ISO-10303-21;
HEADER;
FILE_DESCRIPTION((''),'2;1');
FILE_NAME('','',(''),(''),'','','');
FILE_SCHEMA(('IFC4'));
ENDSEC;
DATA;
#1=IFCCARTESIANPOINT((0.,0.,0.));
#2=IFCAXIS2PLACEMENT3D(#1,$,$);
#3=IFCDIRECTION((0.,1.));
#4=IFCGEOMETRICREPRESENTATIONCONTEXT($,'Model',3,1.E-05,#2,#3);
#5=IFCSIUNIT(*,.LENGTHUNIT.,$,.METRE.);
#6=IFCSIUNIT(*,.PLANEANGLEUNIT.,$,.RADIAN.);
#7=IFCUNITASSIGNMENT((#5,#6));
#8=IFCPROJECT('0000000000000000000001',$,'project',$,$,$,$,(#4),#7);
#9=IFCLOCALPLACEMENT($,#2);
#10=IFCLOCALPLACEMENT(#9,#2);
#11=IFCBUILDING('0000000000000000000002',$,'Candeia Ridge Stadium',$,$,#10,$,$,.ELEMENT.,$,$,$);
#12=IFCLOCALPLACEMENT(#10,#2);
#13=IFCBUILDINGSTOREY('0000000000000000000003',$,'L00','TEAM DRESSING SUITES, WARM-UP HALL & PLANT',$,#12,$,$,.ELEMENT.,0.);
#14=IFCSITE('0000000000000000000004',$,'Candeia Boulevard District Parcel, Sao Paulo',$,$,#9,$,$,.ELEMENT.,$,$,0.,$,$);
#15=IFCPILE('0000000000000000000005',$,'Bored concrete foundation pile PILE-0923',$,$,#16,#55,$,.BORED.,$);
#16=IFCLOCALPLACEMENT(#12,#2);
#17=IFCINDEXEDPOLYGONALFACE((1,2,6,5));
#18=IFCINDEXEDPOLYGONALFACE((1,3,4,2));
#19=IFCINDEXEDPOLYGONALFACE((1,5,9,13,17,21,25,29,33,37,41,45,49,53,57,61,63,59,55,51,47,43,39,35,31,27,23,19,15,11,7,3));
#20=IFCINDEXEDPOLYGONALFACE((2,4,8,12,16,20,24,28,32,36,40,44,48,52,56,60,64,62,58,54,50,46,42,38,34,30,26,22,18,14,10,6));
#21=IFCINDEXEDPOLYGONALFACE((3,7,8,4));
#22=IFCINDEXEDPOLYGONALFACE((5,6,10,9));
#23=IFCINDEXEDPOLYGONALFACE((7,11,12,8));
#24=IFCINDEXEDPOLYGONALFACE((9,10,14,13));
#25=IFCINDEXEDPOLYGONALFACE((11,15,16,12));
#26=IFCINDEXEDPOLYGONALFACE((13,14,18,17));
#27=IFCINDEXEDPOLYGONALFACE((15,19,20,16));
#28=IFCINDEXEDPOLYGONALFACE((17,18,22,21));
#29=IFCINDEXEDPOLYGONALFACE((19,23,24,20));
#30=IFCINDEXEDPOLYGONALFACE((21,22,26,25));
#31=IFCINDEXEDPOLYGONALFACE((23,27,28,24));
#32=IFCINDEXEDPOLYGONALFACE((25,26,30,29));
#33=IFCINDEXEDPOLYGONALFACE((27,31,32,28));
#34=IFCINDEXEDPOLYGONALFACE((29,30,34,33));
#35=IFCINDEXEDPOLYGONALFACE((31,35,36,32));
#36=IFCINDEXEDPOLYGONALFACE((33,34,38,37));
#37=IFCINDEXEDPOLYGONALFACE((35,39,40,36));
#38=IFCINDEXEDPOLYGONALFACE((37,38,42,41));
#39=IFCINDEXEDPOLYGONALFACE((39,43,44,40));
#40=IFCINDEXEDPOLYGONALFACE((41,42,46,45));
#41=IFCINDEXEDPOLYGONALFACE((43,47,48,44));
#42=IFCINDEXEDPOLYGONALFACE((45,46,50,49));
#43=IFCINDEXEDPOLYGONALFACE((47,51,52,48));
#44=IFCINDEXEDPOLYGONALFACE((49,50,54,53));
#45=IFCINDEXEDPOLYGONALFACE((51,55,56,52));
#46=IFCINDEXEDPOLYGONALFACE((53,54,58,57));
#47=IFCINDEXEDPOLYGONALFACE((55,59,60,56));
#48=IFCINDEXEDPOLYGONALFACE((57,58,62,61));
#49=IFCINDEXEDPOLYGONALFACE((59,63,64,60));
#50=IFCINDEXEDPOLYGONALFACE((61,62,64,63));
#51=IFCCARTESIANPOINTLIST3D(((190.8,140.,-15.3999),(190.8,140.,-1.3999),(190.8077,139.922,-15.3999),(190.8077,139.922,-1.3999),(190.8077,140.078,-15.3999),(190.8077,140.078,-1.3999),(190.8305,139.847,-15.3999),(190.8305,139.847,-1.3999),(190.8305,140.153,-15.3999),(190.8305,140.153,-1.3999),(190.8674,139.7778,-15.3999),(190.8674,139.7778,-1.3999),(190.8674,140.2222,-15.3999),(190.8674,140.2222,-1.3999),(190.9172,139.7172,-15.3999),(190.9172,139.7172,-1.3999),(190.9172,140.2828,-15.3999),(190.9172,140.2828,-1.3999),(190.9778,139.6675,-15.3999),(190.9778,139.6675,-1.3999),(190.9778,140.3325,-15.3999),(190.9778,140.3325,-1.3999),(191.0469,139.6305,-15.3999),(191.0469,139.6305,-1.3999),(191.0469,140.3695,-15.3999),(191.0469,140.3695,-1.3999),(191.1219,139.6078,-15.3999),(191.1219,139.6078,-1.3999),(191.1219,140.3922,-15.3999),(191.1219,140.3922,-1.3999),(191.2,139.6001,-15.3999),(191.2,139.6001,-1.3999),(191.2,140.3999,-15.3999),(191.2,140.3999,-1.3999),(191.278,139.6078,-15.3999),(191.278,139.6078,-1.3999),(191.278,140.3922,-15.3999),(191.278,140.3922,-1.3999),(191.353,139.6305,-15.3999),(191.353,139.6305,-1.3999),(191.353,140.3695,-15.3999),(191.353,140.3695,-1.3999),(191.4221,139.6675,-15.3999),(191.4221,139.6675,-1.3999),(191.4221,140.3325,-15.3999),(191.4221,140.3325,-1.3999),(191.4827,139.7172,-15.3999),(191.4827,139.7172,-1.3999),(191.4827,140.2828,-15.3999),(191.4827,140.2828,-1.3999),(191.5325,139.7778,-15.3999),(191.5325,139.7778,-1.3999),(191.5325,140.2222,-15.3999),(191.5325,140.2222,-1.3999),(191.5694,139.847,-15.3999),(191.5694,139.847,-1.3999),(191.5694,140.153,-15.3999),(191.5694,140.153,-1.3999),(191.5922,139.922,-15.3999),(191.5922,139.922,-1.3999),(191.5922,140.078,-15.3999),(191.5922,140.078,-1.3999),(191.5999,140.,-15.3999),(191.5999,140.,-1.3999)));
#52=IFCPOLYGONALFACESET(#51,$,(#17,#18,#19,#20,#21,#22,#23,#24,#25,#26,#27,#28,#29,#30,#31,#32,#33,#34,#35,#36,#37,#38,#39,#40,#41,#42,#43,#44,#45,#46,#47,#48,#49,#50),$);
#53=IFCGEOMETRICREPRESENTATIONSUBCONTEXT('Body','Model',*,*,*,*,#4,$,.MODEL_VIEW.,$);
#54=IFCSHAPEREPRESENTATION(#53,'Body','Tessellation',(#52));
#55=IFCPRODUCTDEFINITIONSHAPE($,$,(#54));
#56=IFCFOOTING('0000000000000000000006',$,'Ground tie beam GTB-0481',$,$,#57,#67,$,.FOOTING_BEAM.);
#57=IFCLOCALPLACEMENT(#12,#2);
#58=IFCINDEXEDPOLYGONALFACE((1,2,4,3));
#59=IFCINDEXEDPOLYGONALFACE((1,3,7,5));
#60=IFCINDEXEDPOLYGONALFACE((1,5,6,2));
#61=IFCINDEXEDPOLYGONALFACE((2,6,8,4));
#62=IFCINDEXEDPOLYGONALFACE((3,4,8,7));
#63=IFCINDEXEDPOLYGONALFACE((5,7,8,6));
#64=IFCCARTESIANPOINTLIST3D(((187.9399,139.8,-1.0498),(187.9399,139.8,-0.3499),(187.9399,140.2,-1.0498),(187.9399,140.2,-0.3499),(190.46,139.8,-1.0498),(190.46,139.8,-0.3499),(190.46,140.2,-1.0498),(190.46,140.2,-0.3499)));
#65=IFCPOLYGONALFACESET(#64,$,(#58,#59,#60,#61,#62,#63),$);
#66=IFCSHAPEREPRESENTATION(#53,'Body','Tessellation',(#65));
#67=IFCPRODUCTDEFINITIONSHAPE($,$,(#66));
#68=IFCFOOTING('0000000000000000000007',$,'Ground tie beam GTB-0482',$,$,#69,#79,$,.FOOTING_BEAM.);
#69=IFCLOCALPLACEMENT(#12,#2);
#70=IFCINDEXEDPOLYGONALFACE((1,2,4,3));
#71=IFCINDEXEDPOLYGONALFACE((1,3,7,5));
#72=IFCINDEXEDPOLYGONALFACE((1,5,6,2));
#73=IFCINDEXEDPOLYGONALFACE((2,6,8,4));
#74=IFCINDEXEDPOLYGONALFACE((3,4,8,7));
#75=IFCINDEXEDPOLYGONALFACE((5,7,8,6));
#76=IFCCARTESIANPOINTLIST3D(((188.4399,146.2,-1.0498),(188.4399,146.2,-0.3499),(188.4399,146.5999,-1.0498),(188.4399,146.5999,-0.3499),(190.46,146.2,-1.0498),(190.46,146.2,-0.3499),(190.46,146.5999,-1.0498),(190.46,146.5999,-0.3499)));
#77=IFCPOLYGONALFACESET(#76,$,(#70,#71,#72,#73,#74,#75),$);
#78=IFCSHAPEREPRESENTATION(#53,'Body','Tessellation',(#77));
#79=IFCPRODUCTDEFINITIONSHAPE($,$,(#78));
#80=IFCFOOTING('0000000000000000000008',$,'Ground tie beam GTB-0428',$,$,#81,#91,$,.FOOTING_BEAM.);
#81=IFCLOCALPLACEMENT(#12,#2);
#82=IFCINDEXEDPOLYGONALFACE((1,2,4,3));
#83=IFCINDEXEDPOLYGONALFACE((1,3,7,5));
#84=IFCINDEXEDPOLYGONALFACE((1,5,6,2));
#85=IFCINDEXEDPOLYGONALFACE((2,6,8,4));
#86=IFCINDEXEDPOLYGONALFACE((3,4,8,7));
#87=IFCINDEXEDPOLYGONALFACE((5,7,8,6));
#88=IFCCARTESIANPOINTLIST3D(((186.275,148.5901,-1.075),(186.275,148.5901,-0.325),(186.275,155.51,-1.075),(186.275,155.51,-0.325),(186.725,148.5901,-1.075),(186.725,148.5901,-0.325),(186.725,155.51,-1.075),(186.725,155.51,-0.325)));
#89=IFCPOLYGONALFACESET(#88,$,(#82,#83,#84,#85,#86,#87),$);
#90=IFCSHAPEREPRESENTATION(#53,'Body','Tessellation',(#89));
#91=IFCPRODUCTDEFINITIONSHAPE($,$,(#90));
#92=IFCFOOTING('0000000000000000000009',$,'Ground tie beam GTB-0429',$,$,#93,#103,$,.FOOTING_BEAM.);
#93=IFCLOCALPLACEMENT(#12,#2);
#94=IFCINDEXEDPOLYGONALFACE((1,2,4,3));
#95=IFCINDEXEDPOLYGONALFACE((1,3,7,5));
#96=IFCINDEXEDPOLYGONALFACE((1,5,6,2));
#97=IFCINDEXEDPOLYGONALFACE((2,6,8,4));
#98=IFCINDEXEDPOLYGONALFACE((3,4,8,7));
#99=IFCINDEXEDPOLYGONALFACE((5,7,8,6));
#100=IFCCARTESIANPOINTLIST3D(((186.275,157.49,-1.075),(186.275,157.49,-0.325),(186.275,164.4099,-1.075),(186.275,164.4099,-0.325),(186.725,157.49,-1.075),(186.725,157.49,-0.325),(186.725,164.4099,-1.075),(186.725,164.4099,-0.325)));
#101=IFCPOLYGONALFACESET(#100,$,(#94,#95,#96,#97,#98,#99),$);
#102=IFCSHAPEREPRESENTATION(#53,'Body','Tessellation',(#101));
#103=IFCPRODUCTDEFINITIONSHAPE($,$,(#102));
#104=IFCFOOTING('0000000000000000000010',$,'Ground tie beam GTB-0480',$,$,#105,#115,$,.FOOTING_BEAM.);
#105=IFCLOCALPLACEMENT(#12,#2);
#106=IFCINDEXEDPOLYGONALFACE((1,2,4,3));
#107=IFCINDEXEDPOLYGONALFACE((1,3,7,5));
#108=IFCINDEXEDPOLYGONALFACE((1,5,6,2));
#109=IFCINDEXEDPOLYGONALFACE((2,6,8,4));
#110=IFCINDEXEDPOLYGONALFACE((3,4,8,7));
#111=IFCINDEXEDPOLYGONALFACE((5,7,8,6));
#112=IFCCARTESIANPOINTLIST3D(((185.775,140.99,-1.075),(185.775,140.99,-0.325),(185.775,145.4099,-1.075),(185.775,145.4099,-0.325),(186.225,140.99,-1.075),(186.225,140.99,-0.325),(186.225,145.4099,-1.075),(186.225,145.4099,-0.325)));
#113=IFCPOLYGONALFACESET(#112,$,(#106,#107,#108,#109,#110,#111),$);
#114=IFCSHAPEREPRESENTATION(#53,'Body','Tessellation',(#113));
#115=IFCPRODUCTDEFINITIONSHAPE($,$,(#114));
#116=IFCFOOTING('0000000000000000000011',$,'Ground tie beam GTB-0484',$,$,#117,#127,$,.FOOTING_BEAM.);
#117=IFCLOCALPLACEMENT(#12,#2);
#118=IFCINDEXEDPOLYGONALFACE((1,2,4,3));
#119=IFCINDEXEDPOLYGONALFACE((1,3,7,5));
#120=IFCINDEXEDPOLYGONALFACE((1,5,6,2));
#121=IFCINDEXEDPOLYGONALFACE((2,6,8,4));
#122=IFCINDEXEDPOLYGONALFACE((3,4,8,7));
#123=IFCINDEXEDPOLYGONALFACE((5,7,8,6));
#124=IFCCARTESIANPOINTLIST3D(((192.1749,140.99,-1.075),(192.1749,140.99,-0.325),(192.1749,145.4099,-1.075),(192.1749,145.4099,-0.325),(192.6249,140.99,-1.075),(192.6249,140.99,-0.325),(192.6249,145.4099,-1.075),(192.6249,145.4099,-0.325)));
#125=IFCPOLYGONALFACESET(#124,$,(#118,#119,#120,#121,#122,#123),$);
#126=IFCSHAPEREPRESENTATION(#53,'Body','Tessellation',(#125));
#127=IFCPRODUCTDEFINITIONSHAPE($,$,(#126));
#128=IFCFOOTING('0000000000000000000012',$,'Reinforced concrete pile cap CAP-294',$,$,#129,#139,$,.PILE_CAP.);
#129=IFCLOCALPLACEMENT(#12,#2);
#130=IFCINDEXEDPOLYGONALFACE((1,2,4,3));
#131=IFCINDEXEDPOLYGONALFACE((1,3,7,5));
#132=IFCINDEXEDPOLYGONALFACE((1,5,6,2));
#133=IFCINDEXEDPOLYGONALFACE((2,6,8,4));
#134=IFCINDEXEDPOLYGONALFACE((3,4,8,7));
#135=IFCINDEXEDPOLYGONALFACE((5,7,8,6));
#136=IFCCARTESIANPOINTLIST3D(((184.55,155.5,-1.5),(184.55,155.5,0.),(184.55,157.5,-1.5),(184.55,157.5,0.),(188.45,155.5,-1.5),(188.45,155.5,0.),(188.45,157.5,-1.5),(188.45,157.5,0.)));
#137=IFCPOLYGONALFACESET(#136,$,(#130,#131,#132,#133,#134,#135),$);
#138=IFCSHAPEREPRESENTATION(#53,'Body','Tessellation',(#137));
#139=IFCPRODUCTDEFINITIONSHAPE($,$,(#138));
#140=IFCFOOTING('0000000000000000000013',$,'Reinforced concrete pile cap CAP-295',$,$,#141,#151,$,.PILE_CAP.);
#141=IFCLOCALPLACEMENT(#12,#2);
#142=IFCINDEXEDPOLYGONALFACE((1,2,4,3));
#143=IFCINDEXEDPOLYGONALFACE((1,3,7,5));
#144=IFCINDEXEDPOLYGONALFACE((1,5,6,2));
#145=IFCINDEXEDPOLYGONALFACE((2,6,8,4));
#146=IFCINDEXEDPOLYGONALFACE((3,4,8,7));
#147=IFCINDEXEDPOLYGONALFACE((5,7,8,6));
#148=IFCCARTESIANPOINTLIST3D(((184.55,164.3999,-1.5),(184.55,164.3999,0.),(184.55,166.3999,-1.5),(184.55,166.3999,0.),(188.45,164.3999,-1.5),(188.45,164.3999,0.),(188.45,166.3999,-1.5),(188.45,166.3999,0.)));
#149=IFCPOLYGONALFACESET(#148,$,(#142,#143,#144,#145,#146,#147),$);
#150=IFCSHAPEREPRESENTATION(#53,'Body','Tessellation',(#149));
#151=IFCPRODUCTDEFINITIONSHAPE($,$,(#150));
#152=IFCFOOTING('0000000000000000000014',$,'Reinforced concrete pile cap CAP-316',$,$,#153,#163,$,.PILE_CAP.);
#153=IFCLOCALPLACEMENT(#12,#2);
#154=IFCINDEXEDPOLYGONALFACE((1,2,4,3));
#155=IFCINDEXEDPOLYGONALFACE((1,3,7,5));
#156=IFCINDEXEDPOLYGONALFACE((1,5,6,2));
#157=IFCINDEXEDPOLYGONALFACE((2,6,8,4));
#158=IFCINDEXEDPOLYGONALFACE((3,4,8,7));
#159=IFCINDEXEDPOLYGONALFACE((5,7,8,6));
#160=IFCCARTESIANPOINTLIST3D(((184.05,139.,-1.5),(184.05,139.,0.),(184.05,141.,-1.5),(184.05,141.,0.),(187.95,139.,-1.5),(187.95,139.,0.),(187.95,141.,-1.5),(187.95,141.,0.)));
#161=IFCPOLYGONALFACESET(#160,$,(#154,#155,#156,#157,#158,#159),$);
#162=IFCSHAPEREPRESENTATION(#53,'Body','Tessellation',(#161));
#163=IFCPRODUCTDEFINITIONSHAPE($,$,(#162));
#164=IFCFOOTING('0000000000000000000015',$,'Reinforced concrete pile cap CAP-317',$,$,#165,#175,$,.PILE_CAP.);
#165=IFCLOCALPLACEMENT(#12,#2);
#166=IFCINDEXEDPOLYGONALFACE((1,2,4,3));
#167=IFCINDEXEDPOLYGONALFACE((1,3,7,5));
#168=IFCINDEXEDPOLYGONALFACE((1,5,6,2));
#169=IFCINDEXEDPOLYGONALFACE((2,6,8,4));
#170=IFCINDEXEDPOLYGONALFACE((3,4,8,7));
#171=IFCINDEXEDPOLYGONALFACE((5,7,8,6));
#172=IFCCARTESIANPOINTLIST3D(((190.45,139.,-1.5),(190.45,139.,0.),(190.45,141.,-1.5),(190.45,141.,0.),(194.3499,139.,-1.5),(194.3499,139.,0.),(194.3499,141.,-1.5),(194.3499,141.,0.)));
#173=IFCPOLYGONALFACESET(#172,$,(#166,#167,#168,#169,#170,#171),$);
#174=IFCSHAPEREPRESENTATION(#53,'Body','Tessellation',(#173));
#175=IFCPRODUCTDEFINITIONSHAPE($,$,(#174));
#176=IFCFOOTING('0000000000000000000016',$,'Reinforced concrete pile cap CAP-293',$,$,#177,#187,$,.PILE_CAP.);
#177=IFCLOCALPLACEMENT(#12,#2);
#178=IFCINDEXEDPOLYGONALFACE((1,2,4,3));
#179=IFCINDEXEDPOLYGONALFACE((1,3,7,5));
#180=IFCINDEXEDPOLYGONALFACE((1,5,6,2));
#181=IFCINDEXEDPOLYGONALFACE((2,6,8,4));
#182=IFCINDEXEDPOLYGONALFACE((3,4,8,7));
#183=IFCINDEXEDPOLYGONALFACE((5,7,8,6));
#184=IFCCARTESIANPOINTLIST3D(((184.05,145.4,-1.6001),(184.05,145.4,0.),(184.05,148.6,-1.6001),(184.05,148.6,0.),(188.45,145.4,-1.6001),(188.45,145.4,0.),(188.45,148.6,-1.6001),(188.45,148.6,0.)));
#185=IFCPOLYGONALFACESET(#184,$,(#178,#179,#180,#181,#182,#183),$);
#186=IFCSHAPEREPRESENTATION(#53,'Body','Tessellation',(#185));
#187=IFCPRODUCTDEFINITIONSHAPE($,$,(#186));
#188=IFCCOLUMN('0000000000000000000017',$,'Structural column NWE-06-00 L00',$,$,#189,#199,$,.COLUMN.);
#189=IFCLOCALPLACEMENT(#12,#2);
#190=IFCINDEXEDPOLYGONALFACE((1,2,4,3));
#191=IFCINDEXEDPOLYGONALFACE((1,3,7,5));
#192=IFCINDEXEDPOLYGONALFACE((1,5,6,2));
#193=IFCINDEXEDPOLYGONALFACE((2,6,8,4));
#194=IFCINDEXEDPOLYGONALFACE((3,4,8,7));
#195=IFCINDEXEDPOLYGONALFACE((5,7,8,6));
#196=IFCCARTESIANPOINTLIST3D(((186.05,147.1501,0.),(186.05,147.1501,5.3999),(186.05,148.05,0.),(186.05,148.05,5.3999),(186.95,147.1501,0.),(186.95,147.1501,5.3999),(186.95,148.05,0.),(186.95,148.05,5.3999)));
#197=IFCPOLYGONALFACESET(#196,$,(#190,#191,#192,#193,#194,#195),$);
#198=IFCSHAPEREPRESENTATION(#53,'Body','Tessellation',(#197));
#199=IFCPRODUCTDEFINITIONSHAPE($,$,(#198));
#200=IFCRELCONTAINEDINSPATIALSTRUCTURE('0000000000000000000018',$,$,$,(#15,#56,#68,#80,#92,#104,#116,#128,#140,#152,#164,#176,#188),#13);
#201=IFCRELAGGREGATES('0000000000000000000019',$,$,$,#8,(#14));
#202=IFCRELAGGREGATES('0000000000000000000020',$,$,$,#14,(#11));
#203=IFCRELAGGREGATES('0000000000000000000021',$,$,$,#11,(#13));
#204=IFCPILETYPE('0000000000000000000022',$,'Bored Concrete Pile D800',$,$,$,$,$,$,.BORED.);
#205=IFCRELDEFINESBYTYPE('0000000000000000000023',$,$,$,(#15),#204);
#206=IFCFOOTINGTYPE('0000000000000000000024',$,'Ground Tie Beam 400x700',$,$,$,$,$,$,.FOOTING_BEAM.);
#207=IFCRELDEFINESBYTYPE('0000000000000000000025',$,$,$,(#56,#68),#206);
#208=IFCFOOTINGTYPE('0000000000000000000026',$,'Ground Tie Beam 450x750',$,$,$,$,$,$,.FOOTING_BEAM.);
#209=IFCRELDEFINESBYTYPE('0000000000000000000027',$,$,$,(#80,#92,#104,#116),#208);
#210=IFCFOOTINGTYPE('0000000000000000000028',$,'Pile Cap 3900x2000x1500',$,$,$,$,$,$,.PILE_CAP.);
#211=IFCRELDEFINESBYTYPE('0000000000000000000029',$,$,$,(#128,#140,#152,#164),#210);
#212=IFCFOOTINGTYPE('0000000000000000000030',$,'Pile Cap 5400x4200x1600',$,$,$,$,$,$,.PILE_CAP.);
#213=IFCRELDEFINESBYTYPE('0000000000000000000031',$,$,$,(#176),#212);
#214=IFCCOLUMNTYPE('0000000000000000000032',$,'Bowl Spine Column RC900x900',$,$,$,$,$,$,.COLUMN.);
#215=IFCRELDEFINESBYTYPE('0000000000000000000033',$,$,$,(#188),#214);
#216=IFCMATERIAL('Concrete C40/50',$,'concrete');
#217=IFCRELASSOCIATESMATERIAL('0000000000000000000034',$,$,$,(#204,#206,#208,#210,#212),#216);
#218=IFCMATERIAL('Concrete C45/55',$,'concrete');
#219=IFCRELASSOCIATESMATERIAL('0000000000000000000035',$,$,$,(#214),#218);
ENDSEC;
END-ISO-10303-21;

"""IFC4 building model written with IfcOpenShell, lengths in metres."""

from ifc_helpers import new_model, si_unit, direction, frame, origin, origin_2d, place, context, subcontext, project, spatial, rectangle, circle, extrude, material, material_profile, profile_set, type_object, element, save


model = new_model("IFC4")

# Units and contexts
model_context = context("Model", 3, precision=1e-05, world=origin(), true_north=direction((0.0, 1.0)))
body_context = subcontext(model_context, "Body", "Model", "MODEL_VIEW")
ifc_project = project(units=[si_unit("LENGTHUNIT", "METRE"), si_unit("PLANEANGLEUNIT", "RADIAN")], contexts=[model_context])

# Site, building, storey
site_placement = place(None, origin())
site = spatial("IfcSite", under=ifc_project, at=site_placement, Name="Candeia Boulevard District Parcel, Sao Paulo", CompositionType="ELEMENT", RefElevation=0.0)
building_placement = place(site_placement, origin())
building = spatial("IfcBuilding", under=site, at=building_placement, Name="Candeia Ridge Stadium", CompositionType="ELEMENT")
storey_placement = place(building_placement, origin())
storey = spatial("IfcBuildingStorey", under=building, at=storey_placement, Name="L00", Description="TEAM DRESSING SUITES, WARM-UP HALL & PLANT", CompositionType="ELEMENT", Elevation=0.0)

# Pile
ifc_material_1 = material(Name="Concrete C40/50", Category="concrete")
ifc_material_profile_1 = material_profile(ifc_material_1, circle(Radius=0.3999, at=origin_2d()), Name="PILE-D800", Category="concrete")
ifc_profile_set_1 = profile_set([ifc_material_profile_1], Name="Concrete C40/50")
pile_type = type_object("IfcPileType", Name="Bored Concrete Pile D800", PredefinedType="BORED", material=ifc_profile_set_1)
for number, where, z_axis, x_axis, name in (
    (1, (191.2, 140.0, -1.3999), (0.0, 0.0, -1.0), (1.0, 0.0, 0.0), "Bored concrete foundation pile PILE-0923"),
):
    element("IfcPile", number, at=place(storey_placement, frame(where, z_axis=z_axis, x_axis=x_axis)), inside=storey, type_object=pile_type, Name=name, PredefinedType="BORED", context=body_context, shape_type="SweptSolid", body=[
        extrude(circle(Radius=0.3999, at=origin_2d()), origin(), (0.0, 0.0, 1.0), 14.0),
    ])

# Footings
footing_type_1 = type_object("IfcFootingType", Name="Ground Tie Beam 400x700", PredefinedType="FOOTING_BEAM", material=ifc_material_1)
footing_1_placement = place(storey_placement, frame((189.2, 140.0, -1.0498), z_axis=(0.0, 0.0, 1.0), x_axis=(1.0, 0.0, 0.0)))
element("IfcFooting", 2, at=footing_1_placement, inside=storey, type_object=footing_type_1, Name="Ground tie beam GTB-0481", PredefinedType="FOOTING_BEAM", context=body_context, shape_type="SweptSolid", body=[
    extrude(rectangle(XDim=2.52, YDim=0.3999, at=origin_2d()), origin(), (0.0, 0.0, 1.0), 0.7),
])
footing_2_placement = place(storey_placement, frame((189.45, 146.3999, -1.0498), z_axis=(0.0, 0.0, 1.0), x_axis=(1.0, 0.0, 0.0)))
element("IfcFooting", 3, at=footing_2_placement, inside=storey, type_object=footing_type_1, Name="Ground tie beam GTB-0482", PredefinedType="FOOTING_BEAM", context=body_context, shape_type="SweptSolid", body=[
    extrude(rectangle(XDim=2.02, YDim=0.3999, at=origin_2d()), origin(), (0.0, 0.0, 1.0), 0.7),
])
footing_type_2 = type_object("IfcFootingType", Name="Ground Tie Beam 450x750", PredefinedType="FOOTING_BEAM", material=ifc_material_1)
for number, where, z_axis, x_axis, name in (
    (4, (186.5, 152.05, -1.075), (0.0, 0.0, 1.0), (0.0, 1.0, 0.0), "Ground tie beam GTB-0428"),
    (5, (186.5, 160.95, -1.075), (0.0, 0.0, 1.0), (0.0, 1.0, 0.0), "Ground tie beam GTB-0429"),
):
    element("IfcFooting", number, at=place(storey_placement, frame(where, z_axis=z_axis, x_axis=x_axis)), inside=storey, type_object=footing_type_2, Name=name, PredefinedType="FOOTING_BEAM", context=body_context, shape_type="SweptSolid", body=[
        extrude(rectangle(XDim=6.9199, YDim=0.45, at=origin_2d()), origin(), (0.0, 0.0, 1.0), 0.75),
    ])
for number, where, z_axis, x_axis, name in (
    (6, (186.0, 143.2, -1.075), (0.0, 0.0, 1.0), (0.0, 1.0, 0.0), "Ground tie beam GTB-0480"),
    (7, (192.3999, 143.2, -1.075), (0.0, 0.0, 1.0), (0.0, 1.0, 0.0), "Ground tie beam GTB-0484"),
):
    element("IfcFooting", number, at=place(storey_placement, frame(where, z_axis=z_axis, x_axis=x_axis)), inside=storey, type_object=footing_type_2, Name=name, PredefinedType="FOOTING_BEAM", context=body_context, shape_type="SweptSolid", body=[
        extrude(rectangle(XDim=4.4199, YDim=0.45, at=origin_2d()), origin(), (0.0, 0.0, 1.0), 0.75),
    ])
footing_type_3 = type_object("IfcFootingType", Name="Pile Cap 3900x2000x1500", PredefinedType="PILE_CAP", material=ifc_material_1)
for number, where, z_axis, x_axis, name in (
    (8, (186.5, 156.5, -1.5), (0.0, 0.0, 1.0), (1.0, 0.0, 0.0), "Reinforced concrete pile cap CAP-294"),
    (9, (186.5, 165.3999, -1.5), (0.0, 0.0, 1.0), (1.0, 0.0, 0.0), "Reinforced concrete pile cap CAP-295"),
    (10, (186.0, 140.0, -1.5), (0.0, 0.0, 1.0), (1.0, 0.0, 0.0), "Reinforced concrete pile cap CAP-316"),
    (11, (192.3999, 140.0, -1.5), (0.0, 0.0, 1.0), (1.0, 0.0, 0.0), "Reinforced concrete pile cap CAP-317"),
):
    element("IfcFooting", number, at=place(storey_placement, frame(where, z_axis=z_axis, x_axis=x_axis)), inside=storey, type_object=footing_type_3, Name=name, PredefinedType="PILE_CAP", context=body_context, shape_type="SweptSolid", body=[
        extrude(rectangle(XDim=3.8999, YDim=2.0, at=origin_2d()), origin(), (0.0, 0.0, 1.0), 1.5),
    ])
footing_type_4 = type_object("IfcFootingType", Name="Pile Cap 5400x4200x1600", PredefinedType="PILE_CAP", material=ifc_material_1)
footing_3_placement = place(storey_placement, frame((186.25, 147.0, -1.6001), z_axis=(0.0, 0.0, 1.0), x_axis=(1.0, 0.0, 0.0)))
element("IfcFooting", 12, at=footing_3_placement, inside=storey, type_object=footing_type_4, Name="Reinforced concrete pile cap CAP-293", PredefinedType="PILE_CAP", context=body_context, shape_type="SweptSolid", body=[
    extrude(rectangle(XDim=4.3999, YDim=3.2, at=origin_2d()), origin(), (0.0, 0.0, 1.0), 1.6001),
])

# Column
ifc_material_2 = material(Name="Concrete C45/55", Category="concrete")
ifc_material_profile_2 = material_profile(ifc_material_2, rectangle(XDim=0.8999, YDim=0.8999, at=origin_2d()), Name="RC900x900", Category="concrete")
ifc_profile_set_2 = profile_set([ifc_material_profile_2], Name="Concrete C45/55")
column_type_1 = type_object("IfcColumnType", Name="Bowl Spine Column RC900x900", PredefinedType="COLUMN", material=ifc_profile_set_2)
for number, where, z_axis, x_axis, name in (
    (13, (186.5, 147.6001, 0.0), (0.0, 0.0, 1.0), (1.0, 0.0, 0.0), "Structural column NWE-06-00 L00"),
):
    element("IfcColumn", number, at=place(storey_placement, frame(where, z_axis=z_axis, x_axis=x_axis)), inside=storey, type_object=column_type_1, Name=name, PredefinedType="COLUMN", context=body_context, shape_type="SweptSolid", body=[
        extrude(rectangle(XDim=0.8999, YDim=0.8999, at=origin_2d()), origin(), (0.0, 0.0, 1.0), 5.3999),
    ])

save(model, "model.ifc")
